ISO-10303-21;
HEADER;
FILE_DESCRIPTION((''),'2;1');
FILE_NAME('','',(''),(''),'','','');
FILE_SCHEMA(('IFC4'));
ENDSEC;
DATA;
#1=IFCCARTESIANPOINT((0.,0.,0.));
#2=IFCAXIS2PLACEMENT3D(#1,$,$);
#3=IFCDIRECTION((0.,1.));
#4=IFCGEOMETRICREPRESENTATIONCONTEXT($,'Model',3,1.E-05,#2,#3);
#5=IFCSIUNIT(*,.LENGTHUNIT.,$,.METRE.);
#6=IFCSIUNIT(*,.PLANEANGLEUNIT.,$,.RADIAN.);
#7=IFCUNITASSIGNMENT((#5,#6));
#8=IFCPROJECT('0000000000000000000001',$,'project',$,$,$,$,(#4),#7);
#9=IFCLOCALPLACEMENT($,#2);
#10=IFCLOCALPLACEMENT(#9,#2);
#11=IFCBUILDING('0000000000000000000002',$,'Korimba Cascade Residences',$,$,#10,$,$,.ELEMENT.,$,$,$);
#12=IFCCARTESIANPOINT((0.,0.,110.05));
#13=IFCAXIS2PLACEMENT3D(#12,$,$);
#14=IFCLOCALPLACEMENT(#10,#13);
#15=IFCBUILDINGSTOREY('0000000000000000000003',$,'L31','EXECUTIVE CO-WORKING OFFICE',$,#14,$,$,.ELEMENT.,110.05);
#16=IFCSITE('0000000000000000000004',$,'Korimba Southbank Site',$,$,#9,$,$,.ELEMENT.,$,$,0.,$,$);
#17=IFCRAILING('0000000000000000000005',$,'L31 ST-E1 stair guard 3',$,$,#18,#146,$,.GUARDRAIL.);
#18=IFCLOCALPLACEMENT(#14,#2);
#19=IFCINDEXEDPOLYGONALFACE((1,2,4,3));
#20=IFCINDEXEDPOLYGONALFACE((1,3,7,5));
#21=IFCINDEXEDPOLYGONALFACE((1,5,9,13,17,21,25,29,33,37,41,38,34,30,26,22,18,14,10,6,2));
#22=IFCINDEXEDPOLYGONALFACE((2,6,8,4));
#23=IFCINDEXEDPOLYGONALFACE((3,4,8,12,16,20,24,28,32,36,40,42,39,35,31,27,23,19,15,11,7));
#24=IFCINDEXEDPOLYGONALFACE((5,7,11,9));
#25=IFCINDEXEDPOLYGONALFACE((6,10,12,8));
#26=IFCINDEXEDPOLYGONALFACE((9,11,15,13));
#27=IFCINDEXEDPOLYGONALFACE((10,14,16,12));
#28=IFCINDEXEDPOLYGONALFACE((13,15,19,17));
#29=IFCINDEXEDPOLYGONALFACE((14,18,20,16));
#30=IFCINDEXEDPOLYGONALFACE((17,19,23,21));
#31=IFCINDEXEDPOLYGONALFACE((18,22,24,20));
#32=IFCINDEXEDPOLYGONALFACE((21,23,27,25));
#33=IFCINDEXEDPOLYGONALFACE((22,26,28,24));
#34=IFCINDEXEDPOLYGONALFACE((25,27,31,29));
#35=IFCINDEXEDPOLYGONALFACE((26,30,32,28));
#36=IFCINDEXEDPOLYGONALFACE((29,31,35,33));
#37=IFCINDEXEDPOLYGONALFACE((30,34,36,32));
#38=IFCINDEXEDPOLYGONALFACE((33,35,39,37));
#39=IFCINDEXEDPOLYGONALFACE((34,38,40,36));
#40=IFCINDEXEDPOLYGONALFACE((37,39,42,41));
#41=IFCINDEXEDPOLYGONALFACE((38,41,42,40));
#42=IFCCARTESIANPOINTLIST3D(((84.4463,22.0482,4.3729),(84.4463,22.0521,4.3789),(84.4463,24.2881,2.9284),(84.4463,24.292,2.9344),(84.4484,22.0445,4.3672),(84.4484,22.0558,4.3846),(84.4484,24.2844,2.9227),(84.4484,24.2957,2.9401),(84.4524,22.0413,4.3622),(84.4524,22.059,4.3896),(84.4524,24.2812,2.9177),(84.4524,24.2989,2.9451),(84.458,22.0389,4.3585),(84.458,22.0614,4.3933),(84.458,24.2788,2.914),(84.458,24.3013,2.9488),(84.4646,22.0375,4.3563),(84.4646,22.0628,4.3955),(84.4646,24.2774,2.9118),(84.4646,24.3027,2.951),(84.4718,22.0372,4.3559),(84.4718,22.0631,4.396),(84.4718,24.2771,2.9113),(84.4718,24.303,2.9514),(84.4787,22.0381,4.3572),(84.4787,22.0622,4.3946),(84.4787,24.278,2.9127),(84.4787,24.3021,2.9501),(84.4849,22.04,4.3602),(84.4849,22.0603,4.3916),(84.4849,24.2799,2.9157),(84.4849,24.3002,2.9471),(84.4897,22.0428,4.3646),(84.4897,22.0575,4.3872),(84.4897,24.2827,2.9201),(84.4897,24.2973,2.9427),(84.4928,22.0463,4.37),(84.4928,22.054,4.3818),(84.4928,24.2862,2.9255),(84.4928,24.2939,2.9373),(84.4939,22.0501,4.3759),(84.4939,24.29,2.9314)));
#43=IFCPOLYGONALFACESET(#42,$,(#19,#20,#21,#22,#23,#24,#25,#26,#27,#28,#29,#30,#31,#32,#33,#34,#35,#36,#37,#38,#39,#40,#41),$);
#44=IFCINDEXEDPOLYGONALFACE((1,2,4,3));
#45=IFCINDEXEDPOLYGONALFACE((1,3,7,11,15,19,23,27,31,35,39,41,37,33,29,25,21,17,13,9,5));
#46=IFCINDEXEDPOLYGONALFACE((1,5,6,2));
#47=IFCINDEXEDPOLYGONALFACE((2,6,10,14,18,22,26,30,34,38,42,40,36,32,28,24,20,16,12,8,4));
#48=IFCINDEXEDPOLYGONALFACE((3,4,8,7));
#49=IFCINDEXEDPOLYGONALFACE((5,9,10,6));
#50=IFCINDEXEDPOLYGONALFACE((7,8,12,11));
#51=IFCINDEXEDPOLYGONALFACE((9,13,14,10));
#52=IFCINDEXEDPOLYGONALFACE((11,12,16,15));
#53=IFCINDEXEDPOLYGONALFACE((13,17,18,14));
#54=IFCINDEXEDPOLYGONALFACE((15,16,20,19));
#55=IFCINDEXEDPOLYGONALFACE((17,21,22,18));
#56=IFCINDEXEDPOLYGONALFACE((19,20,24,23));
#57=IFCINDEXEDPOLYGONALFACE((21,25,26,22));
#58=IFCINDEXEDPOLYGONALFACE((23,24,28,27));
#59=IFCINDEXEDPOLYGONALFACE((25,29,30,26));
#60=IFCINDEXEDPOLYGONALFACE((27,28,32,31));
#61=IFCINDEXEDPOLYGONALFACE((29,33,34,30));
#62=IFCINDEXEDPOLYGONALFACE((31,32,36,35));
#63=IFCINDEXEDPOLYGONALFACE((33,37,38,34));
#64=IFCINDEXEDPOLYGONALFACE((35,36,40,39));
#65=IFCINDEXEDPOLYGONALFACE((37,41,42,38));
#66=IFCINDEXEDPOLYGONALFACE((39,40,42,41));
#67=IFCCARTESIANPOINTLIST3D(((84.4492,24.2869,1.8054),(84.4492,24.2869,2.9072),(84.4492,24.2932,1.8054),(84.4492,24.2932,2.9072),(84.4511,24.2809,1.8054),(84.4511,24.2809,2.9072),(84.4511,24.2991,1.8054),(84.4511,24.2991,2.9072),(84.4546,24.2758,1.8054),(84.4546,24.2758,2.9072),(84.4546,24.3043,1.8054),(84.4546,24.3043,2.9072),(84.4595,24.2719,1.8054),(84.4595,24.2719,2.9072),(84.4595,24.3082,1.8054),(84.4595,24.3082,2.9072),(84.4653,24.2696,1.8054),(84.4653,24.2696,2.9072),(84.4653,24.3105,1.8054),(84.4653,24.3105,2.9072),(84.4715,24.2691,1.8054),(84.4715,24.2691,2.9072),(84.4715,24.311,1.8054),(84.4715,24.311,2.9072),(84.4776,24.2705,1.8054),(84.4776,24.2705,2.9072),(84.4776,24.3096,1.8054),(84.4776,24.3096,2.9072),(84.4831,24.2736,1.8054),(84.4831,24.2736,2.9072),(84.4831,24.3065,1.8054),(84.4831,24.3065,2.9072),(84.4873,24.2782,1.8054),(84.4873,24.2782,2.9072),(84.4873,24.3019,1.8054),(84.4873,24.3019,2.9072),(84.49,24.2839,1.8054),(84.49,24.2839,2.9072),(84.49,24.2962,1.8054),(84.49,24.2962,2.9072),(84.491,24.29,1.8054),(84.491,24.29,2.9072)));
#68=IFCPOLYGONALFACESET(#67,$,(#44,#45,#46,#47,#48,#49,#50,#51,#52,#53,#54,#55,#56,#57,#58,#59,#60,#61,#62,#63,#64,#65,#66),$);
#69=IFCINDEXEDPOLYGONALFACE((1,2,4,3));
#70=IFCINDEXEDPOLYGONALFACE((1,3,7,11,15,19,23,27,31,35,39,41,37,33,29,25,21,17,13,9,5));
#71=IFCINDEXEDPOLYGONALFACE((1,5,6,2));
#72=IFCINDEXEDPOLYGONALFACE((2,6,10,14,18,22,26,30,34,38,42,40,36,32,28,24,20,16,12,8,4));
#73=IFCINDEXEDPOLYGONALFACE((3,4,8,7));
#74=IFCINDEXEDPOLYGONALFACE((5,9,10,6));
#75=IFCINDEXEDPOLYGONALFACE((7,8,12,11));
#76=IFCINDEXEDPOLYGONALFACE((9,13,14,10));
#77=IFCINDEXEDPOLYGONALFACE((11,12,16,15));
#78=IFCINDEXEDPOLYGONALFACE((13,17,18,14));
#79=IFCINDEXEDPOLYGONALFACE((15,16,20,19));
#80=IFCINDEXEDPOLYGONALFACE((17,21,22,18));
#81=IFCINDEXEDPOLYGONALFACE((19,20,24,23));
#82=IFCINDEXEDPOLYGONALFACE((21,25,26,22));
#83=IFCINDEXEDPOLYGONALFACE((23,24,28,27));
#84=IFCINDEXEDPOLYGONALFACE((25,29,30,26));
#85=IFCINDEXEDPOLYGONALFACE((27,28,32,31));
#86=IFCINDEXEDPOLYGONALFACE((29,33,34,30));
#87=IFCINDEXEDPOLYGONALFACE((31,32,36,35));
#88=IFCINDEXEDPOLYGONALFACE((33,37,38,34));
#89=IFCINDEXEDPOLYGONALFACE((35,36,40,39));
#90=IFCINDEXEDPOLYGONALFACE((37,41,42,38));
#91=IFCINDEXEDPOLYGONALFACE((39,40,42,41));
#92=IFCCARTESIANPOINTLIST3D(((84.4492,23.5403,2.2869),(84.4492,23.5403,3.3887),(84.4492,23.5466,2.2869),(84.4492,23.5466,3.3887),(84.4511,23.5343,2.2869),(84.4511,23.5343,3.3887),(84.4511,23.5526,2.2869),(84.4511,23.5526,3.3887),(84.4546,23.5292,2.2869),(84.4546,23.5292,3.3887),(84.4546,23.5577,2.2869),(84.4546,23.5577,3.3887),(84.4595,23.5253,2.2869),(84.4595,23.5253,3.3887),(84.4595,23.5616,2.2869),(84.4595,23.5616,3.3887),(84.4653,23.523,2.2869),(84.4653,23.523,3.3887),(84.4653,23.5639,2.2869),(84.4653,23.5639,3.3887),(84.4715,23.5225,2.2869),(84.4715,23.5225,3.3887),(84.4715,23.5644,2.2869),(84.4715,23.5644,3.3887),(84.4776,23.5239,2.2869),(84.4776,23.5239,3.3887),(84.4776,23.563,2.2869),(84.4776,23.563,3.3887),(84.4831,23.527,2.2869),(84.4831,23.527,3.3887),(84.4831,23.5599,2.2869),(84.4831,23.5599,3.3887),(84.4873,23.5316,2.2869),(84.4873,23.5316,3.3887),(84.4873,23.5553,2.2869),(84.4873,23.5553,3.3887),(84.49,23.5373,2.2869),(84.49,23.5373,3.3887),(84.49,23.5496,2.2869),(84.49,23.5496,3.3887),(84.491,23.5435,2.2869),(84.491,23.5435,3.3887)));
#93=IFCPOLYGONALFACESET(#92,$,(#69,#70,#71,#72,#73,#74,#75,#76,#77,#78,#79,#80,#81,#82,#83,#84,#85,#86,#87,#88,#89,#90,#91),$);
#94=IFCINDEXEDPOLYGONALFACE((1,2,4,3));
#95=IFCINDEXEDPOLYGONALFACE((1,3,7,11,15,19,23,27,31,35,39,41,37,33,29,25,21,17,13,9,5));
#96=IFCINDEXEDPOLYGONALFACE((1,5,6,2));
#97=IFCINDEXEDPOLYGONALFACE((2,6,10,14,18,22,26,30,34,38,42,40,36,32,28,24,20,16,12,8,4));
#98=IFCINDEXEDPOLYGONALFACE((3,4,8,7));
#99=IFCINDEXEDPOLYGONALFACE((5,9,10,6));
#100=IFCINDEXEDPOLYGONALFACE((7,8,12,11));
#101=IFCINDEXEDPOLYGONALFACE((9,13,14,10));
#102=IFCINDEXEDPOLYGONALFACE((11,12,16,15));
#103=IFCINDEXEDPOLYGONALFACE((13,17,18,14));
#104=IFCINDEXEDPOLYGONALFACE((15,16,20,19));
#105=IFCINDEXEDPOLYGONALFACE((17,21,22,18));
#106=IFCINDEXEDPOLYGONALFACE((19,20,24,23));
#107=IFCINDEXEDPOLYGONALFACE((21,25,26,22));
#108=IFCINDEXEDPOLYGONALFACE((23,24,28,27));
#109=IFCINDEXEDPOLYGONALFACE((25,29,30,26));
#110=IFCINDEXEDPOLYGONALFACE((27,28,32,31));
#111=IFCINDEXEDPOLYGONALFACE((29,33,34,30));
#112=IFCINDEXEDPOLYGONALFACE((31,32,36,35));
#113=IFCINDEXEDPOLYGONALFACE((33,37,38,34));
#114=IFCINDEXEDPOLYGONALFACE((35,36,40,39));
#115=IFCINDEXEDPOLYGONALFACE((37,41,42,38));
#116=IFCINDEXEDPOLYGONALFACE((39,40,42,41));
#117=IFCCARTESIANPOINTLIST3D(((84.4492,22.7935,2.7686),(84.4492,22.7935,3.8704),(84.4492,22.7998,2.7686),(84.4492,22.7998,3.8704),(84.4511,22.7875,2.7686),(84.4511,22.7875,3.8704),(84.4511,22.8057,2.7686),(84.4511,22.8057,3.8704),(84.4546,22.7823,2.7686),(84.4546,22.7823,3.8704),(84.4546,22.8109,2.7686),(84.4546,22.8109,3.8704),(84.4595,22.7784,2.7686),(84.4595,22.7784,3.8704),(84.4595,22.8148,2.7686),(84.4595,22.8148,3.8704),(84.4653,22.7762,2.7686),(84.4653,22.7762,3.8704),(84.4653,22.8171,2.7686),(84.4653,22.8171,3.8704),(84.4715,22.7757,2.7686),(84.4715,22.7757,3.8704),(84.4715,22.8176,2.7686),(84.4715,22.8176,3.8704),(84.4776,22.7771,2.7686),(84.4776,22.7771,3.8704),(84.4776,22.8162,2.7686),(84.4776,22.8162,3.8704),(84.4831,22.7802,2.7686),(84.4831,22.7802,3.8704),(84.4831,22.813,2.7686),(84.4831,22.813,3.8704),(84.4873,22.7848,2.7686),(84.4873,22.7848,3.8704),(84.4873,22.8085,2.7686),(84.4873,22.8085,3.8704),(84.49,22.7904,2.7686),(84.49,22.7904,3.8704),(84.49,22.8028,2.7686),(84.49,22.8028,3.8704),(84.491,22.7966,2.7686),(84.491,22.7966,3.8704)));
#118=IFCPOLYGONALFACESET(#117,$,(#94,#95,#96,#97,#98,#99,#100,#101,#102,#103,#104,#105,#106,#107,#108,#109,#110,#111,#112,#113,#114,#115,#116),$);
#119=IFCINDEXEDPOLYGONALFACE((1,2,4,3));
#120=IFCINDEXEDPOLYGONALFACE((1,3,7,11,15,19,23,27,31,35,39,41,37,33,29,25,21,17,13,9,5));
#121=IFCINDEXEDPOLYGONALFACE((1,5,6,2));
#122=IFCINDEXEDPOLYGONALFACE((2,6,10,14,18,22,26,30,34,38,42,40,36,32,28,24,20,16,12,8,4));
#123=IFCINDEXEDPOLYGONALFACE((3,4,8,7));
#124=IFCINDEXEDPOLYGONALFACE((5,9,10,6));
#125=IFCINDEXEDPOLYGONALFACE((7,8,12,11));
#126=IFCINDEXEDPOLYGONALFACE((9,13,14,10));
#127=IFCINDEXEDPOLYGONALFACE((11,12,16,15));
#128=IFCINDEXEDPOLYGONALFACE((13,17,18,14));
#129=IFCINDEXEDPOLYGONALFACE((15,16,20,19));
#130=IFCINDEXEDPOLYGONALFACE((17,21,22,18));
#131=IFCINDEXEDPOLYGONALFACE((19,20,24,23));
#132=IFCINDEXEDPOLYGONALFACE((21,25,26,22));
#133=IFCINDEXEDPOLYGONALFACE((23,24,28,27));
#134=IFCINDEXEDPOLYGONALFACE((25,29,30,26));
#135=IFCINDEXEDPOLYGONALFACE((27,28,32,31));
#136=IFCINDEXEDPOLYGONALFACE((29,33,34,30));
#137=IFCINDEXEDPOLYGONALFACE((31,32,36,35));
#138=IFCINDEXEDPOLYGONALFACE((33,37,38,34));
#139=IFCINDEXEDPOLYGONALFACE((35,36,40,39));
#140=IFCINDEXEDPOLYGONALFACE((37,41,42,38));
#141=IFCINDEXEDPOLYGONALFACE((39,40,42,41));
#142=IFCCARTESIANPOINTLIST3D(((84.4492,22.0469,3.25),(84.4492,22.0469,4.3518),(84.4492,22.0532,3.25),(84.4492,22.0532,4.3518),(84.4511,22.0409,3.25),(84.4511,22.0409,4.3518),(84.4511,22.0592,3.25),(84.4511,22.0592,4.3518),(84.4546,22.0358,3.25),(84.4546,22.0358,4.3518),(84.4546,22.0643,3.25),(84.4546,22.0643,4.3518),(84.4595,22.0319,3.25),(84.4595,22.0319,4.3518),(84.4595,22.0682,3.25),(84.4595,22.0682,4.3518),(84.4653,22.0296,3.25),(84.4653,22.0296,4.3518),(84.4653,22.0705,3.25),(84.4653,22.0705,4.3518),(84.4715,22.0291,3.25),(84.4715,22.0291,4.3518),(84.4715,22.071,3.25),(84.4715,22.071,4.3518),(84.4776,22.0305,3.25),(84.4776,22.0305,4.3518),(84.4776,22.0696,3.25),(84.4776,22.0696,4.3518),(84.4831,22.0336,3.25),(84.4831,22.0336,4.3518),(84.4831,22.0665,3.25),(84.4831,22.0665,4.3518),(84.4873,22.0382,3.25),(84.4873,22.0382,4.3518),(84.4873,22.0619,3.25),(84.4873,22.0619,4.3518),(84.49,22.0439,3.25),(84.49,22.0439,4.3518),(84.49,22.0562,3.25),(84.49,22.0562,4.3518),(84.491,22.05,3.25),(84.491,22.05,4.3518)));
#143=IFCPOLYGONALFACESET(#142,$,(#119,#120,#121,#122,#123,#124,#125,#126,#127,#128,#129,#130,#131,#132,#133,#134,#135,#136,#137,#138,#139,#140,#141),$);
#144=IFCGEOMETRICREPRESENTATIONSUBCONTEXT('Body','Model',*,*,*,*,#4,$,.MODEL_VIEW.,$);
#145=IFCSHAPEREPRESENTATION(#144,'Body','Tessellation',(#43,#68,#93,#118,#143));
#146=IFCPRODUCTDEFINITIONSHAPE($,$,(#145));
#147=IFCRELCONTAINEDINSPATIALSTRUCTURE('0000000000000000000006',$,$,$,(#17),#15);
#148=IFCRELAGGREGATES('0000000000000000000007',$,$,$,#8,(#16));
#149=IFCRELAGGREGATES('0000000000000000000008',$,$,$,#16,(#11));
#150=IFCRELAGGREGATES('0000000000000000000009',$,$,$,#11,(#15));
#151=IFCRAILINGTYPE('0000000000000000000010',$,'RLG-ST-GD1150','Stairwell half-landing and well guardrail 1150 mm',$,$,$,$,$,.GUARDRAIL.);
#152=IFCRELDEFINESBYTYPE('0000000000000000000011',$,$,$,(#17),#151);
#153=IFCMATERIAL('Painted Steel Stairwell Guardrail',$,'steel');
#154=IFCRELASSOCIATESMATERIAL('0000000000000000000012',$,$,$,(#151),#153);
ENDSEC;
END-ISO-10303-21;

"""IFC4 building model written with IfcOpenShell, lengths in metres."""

from ifc_helpers import new_model, si_unit, direction, frame, origin, origin_2d, place, context, subcontext, project, spatial, circle, extrude, material, type_object, element, save


model = new_model("IFC4")

# Units and contexts
model_context = context("Model", 3, precision=1e-05, world=origin(), true_north=direction((0.0, 1.0)))
body_context = subcontext(model_context, "Body", "Model", "MODEL_VIEW")
ifc_project = project(units=[si_unit("LENGTHUNIT", "METRE"), si_unit("PLANEANGLEUNIT", "RADIAN")], contexts=[model_context])

# Site, building, storey
site_placement = place(None, origin())
site = spatial("IfcSite", under=ifc_project, at=site_placement, Name="Korimba Southbank Site", CompositionType="ELEMENT", RefElevation=0.0)
building_placement = place(site_placement, origin())
building = spatial("IfcBuilding", under=site, at=building_placement, Name="Korimba Cascade Residences", CompositionType="ELEMENT")
storey_placement = place(building_placement, frame((0.0, 0.0, 110.05)))
storey = spatial("IfcBuildingStorey", under=building, at=storey_placement, Name="L31", Description="EXECUTIVE CO-WORKING OFFICE", CompositionType="ELEMENT", Elevation=110.05)

# Railing
ifc_material_1 = material(Name="Painted Steel Stairwell Guardrail", Category="steel")
railing_type_1 = type_object("IfcRailingType", Name="RLG-ST-GD1150", Description="Stairwell half-landing and well guardrail 1150 mm", PredefinedType="GUARDRAIL", material=ifc_material_1)
railing_1_placement = place(storey_placement, frame((84.47, 24.29, 1.8054)))
element("IfcRailing", 1, at=railing_1_placement, inside=storey, type_object=railing_type_1, Name="L31 ST-E1 stair guard 3", PredefinedType="GUARDRAIL", context=body_context, shape_type="SweptSolid", body=[
    extrude(circle(Radius=0.0239, at=origin_2d()), frame((0.0, 0.0, 1.126), z_axis=(0.0, -0.840395, 0.541975), x_axis=(1.0, 0.0, 0.0)), (0.0, 0.0, 1.0), 2.6653),
    extrude(circle(Radius=0.021, at=origin_2d()), origin(), (0.0, 0.0, 1.0), 1.1018),
    extrude(circle(Radius=0.021, at=origin_2d()), frame((0.0, -0.7466, 0.4814)), (0.0, 0.0, 1.0), 1.1018),
    extrude(circle(Radius=0.021, at=origin_2d()), frame((0.0, -1.4934, 0.9631)), (0.0, 0.0, 1.0), 1.1018),
    extrude(circle(Radius=0.021, at=origin_2d()), frame((0.0, -2.24, 1.4446)), (0.0, 0.0, 1.0), 1.1018),
])

save(model, "model.ifc")
